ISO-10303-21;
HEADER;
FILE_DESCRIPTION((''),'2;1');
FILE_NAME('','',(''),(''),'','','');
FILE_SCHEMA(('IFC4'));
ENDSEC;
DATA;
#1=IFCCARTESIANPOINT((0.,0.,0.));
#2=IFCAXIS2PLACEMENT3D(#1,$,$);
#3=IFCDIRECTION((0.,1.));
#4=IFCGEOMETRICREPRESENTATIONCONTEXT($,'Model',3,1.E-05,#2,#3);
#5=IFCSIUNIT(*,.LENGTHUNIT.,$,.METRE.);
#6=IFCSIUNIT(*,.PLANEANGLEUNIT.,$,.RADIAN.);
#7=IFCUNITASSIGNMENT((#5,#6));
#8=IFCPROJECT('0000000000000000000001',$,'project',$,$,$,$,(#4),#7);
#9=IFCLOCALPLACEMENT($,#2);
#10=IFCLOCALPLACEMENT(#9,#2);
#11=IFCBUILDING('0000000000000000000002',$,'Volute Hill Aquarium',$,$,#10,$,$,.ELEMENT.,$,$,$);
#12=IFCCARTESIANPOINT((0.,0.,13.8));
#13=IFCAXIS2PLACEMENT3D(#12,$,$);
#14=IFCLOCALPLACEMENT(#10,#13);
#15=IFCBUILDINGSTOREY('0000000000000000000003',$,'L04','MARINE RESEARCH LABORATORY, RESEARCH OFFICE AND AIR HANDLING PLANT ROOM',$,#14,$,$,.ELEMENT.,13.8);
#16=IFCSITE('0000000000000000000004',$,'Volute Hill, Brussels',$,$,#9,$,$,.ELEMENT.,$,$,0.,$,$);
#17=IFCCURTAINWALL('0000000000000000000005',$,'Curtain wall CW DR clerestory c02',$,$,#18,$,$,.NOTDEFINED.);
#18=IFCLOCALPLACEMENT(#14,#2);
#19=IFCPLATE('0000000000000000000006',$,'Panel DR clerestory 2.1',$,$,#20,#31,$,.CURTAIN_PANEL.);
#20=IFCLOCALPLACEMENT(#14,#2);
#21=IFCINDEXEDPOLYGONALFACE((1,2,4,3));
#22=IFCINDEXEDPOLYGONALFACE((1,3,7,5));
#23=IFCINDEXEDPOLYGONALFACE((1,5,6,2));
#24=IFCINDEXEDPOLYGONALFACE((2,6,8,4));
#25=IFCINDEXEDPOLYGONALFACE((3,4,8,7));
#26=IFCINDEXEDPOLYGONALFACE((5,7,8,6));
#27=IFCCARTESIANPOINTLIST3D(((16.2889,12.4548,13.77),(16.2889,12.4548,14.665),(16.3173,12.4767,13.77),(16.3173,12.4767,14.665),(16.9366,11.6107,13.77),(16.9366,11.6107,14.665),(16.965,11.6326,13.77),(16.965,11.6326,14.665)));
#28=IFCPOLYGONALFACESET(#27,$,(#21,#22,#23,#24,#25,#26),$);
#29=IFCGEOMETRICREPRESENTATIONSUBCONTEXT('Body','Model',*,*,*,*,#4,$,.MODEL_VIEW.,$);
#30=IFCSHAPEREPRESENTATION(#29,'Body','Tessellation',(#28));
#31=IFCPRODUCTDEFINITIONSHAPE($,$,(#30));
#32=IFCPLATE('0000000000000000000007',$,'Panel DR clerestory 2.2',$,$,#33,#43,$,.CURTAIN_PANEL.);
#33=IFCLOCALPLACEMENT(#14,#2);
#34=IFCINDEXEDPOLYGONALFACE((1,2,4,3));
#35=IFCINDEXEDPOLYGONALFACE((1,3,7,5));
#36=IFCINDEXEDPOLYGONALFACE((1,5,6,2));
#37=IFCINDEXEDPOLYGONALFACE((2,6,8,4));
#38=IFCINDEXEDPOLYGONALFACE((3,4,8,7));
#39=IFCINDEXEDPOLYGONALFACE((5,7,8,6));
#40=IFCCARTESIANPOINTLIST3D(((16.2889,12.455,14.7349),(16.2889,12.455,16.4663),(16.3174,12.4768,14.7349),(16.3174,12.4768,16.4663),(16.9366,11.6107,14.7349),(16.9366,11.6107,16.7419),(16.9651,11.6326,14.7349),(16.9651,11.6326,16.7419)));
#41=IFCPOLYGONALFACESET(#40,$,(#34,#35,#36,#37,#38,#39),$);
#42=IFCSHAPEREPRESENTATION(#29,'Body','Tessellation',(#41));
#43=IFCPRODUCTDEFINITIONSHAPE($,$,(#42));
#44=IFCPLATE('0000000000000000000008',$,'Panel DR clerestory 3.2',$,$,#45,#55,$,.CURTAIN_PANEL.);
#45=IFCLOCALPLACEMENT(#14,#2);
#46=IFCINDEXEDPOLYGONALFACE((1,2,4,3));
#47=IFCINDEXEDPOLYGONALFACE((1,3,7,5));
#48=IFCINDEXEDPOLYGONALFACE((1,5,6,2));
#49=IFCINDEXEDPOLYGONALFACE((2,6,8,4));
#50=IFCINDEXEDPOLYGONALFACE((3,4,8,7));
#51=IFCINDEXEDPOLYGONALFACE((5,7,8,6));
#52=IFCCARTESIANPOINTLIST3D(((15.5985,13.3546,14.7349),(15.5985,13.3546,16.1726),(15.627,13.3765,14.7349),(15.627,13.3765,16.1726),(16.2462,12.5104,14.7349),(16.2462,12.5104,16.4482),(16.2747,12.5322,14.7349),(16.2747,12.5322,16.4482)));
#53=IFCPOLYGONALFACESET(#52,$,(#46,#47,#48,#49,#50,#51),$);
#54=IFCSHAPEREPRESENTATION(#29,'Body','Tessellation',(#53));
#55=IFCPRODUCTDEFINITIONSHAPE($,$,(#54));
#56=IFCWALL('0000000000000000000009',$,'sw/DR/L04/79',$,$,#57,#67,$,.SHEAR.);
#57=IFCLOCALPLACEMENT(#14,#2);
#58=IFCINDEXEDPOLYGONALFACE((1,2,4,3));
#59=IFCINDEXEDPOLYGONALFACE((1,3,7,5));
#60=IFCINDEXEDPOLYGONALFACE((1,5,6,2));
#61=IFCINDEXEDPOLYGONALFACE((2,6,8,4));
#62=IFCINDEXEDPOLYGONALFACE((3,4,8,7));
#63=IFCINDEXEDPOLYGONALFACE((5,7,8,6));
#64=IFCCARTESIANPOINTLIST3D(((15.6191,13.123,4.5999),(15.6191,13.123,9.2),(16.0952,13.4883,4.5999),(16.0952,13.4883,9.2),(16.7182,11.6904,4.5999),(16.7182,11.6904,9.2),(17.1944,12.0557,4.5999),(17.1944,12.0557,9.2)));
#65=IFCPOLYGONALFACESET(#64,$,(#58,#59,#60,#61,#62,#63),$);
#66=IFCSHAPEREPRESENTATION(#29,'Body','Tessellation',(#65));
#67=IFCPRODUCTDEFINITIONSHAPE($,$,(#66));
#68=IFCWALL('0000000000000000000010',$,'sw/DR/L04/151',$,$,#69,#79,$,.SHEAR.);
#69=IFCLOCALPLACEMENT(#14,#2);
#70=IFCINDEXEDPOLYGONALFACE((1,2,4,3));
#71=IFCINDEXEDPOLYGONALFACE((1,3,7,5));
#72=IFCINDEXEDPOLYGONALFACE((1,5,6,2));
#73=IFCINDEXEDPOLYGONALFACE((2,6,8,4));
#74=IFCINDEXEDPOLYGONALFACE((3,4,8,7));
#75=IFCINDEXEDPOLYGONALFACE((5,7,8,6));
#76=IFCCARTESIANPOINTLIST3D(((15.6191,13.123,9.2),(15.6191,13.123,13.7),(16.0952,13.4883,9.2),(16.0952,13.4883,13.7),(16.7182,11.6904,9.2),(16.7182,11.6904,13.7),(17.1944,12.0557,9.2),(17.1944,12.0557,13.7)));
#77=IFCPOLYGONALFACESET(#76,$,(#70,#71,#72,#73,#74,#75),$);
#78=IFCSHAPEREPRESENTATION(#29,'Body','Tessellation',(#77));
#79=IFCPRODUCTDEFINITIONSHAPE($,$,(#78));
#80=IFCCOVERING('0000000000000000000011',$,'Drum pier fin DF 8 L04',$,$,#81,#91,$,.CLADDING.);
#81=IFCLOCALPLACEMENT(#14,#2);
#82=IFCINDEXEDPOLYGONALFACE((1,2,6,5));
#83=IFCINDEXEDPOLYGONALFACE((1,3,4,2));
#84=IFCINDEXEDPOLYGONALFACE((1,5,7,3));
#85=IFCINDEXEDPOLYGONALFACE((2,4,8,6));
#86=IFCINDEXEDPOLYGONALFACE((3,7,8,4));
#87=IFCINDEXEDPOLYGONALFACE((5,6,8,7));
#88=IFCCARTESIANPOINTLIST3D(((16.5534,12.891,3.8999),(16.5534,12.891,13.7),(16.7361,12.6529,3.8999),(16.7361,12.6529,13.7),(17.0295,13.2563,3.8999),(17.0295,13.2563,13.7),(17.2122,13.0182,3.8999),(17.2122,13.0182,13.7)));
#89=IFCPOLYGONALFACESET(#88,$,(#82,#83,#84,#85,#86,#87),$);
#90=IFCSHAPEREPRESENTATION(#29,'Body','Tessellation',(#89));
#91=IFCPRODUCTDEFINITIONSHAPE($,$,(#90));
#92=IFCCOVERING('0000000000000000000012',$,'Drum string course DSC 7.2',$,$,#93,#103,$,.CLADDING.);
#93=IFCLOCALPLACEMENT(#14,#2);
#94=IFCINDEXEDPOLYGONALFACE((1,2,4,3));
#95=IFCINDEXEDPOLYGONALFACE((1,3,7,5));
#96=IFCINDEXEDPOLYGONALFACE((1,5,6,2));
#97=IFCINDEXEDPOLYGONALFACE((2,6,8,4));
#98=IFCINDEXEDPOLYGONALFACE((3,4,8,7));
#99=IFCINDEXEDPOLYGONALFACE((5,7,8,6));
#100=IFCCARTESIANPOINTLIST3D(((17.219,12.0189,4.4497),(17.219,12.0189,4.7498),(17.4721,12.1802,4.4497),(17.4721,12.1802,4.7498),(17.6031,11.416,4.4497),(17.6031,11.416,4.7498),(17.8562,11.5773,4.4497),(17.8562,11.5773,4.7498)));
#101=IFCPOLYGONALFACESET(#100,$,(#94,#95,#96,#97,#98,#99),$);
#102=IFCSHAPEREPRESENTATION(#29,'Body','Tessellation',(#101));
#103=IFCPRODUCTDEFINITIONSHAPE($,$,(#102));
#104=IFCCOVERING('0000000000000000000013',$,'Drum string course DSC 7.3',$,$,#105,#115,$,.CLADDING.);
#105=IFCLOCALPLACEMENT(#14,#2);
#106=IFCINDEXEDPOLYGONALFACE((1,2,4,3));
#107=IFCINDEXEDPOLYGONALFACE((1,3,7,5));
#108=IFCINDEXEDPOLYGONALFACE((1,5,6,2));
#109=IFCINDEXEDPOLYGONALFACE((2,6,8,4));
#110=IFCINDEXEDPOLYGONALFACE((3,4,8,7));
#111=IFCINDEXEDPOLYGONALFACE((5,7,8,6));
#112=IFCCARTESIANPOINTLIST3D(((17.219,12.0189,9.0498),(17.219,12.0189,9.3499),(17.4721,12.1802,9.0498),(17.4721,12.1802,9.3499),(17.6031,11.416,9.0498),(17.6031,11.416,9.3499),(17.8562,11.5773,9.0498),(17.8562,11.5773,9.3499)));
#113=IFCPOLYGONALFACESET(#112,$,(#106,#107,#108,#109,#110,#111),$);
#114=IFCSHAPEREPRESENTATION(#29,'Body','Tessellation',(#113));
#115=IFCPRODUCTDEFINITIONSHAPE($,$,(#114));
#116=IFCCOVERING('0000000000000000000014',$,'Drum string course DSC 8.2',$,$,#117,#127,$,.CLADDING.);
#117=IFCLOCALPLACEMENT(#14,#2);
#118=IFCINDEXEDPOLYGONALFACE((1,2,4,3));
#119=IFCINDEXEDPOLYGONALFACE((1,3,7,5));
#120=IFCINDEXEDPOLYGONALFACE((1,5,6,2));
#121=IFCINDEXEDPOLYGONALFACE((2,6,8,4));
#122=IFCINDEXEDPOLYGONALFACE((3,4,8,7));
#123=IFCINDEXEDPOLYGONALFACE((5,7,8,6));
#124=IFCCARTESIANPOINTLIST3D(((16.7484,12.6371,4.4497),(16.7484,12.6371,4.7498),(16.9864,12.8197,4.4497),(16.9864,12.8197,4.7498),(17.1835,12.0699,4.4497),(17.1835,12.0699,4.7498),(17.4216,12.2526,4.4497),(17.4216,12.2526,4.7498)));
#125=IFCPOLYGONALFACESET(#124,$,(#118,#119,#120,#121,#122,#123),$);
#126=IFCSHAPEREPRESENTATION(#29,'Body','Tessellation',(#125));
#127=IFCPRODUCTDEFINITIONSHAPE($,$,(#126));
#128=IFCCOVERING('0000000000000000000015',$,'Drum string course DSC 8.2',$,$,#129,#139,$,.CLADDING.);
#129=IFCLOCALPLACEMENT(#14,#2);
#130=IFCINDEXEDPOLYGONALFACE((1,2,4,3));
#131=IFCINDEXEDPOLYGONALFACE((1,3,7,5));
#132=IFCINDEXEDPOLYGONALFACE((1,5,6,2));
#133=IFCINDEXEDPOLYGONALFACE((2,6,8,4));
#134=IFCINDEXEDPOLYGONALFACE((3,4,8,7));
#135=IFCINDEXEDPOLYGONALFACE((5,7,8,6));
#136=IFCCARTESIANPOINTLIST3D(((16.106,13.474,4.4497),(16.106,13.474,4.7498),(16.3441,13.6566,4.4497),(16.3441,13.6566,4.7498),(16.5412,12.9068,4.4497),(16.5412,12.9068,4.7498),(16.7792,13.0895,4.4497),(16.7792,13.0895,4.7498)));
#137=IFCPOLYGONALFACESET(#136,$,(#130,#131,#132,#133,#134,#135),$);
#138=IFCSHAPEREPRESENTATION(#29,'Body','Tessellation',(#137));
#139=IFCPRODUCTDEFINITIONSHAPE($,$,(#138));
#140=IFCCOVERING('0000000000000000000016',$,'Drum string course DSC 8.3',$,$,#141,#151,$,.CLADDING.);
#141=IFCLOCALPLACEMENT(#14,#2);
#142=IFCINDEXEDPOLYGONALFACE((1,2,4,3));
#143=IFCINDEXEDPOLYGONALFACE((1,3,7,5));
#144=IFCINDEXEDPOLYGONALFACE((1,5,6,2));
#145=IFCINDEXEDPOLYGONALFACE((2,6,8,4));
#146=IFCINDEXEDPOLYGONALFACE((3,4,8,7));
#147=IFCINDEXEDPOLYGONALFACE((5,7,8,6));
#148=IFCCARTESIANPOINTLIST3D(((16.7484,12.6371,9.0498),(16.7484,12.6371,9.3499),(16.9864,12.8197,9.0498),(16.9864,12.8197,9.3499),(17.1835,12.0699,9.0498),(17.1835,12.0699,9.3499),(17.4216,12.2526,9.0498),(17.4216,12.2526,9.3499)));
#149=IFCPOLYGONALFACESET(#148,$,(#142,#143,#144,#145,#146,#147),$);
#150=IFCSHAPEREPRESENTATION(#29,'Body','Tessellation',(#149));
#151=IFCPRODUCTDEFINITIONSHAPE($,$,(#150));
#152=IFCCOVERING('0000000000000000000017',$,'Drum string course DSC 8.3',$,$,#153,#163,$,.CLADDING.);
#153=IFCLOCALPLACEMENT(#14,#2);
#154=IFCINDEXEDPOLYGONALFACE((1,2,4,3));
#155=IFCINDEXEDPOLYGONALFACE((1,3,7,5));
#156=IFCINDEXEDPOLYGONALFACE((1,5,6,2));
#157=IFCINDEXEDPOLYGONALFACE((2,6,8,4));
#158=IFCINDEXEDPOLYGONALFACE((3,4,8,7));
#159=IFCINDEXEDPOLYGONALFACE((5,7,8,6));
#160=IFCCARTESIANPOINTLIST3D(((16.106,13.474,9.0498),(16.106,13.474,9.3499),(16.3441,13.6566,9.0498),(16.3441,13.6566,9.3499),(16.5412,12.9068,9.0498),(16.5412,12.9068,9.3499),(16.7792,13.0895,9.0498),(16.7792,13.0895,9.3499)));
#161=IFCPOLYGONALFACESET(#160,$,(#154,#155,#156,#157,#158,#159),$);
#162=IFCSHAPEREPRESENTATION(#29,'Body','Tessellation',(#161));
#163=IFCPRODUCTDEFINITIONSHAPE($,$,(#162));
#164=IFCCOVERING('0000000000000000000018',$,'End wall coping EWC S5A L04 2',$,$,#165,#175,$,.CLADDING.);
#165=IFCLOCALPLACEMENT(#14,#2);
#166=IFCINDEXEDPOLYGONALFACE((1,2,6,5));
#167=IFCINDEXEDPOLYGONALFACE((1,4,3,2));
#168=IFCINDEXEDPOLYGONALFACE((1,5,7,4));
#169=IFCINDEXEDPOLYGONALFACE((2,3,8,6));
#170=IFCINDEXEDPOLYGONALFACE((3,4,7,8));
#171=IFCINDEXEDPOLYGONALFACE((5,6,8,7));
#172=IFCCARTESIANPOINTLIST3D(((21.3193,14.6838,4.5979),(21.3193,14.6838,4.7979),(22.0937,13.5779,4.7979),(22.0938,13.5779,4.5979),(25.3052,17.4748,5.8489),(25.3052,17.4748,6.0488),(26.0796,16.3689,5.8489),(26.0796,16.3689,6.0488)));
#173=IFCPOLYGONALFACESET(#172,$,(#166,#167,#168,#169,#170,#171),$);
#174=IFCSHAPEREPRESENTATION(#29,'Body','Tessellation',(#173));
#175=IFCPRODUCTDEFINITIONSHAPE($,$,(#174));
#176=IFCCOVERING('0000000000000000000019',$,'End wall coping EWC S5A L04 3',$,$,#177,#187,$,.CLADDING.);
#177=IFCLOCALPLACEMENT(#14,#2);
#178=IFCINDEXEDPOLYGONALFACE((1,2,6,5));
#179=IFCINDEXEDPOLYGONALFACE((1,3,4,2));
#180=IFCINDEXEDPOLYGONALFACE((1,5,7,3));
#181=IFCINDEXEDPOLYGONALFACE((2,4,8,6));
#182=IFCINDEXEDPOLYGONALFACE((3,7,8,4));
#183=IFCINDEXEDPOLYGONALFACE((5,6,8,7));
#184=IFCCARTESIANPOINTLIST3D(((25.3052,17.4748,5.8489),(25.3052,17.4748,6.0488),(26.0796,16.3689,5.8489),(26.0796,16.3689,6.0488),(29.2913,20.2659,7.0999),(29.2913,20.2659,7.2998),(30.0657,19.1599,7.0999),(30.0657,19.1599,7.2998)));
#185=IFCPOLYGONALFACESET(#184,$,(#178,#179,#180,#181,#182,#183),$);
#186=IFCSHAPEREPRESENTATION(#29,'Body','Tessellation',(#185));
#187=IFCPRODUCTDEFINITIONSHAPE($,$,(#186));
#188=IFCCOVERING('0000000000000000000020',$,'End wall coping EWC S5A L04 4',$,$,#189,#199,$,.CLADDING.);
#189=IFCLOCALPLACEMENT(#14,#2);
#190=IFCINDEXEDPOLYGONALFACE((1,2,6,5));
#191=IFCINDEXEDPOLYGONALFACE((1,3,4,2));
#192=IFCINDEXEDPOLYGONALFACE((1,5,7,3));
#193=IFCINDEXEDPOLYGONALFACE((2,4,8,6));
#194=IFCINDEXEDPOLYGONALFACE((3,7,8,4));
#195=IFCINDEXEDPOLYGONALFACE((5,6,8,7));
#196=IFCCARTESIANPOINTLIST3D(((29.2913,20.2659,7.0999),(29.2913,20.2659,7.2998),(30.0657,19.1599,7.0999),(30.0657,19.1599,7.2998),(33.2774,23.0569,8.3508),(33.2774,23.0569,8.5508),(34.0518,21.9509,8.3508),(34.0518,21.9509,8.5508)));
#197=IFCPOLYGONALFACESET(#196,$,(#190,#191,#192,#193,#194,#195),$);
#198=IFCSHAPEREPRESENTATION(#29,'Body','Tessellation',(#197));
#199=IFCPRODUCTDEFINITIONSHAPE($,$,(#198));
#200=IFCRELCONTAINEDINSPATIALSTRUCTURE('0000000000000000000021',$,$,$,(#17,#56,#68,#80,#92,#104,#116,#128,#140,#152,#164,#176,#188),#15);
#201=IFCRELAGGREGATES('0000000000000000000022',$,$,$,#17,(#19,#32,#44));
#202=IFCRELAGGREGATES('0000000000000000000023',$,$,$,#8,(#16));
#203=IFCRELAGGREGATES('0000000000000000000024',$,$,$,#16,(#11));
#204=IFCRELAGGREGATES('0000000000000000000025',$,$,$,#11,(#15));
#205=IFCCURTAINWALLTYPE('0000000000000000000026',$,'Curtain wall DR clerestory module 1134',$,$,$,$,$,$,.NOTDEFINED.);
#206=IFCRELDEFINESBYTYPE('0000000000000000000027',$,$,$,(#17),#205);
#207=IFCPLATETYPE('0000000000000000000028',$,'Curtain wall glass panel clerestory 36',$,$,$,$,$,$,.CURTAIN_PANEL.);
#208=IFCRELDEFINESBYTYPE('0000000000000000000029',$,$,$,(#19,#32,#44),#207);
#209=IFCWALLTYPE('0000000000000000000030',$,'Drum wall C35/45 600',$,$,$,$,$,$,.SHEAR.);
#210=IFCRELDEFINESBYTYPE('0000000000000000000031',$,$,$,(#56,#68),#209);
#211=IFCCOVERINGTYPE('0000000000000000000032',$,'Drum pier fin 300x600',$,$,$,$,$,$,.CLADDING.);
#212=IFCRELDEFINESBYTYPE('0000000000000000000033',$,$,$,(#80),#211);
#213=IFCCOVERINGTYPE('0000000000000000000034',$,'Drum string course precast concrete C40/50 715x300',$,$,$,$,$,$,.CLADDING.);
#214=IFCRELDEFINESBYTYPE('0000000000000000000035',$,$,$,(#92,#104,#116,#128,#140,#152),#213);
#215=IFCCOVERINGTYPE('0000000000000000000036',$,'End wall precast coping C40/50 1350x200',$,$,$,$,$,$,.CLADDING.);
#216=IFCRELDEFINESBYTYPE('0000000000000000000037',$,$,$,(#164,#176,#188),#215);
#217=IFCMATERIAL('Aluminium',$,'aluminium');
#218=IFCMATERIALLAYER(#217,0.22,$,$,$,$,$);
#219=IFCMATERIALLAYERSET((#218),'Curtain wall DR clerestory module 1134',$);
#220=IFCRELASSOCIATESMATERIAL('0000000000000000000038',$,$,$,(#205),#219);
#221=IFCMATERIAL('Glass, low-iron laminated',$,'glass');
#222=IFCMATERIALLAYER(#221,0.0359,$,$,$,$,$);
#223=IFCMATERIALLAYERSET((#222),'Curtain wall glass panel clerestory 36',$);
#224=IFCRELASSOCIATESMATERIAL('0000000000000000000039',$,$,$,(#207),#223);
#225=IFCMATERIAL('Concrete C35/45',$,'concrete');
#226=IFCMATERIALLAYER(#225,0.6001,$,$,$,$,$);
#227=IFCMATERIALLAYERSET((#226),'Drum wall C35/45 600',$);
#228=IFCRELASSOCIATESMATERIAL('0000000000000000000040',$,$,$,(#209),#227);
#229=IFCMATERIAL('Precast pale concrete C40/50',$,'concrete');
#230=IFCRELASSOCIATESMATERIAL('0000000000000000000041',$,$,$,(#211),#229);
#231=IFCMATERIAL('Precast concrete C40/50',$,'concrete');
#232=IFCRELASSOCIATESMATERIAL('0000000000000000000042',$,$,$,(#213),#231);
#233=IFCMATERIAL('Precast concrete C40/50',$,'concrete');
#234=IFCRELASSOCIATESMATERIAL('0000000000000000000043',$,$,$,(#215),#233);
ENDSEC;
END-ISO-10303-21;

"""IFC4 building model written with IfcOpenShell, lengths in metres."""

from ifc_helpers import new_model, si_unit, direction, frame, frame_2d, origin, origin_2d, place, context, subcontext, project, spatial, polyline, rectangle, outline, extrude, material, layer, layer_set, type_object, element, aggregate, save


model = new_model("IFC4")

# Units and contexts
model_context = context("Model", 3, precision=1e-05, world=origin(), true_north=direction((0.0, 1.0)))
body_context = subcontext(model_context, "Body", "Model", "MODEL_VIEW")
ifc_project = project(units=[si_unit("LENGTHUNIT", "METRE"), si_unit("PLANEANGLEUNIT", "RADIAN")], contexts=[model_context])

# Site, building, storey
site_placement = place(None, origin())
site = spatial("IfcSite", under=ifc_project, at=site_placement, Name="Volute Hill, Brussels", CompositionType="ELEMENT", RefElevation=0.0)
building_placement = place(site_placement, origin())
building = spatial("IfcBuilding", under=site, at=building_placement, Name="Volute Hill Aquarium", CompositionType="ELEMENT")
storey_placement = place(building_placement, frame((0.0, 0.0, 13.8)))
storey = spatial("IfcBuildingStorey", under=building, at=storey_placement, Name="L04", Description="MARINE RESEARCH LABORATORY, RESEARCH OFFICE AND AIR HANDLING PLANT ROOM", CompositionType="ELEMENT", Elevation=13.8)

# Curtain wall
ifc_material_1 = material(Name="Aluminium", Category="aluminium")
ifc_layer_1 = layer(ifc_material_1, 0.22)
ifc_layer_set_1 = layer_set([ifc_layer_1], Name="Curtain wall DR clerestory module 1134")
curtain_wall_type = type_object("IfcCurtainWallType", Name="Curtain wall DR clerestory module 1134", PredefinedType="NOTDEFINED", material=ifc_layer_set_1)
curtain_wall_placement = place(storey_placement, origin())
curtain_wall = element("IfcCurtainWall", 1, at=curtain_wall_placement, inside=storey, type_object=curtain_wall_type, Name="Curtain wall CW DR clerestory c02", PredefinedType="NOTDEFINED")

# Plates
ifc_material_2 = material(Name="Glass, low-iron laminated", Category="glass")
ifc_layer_2 = layer(ifc_material_2, 0.0359)
ifc_layer_set_2 = layer_set([ifc_layer_2], Name="Curtain wall glass panel clerestory 36")
plate_type = type_object("IfcPlateType", Name="Curtain wall glass panel clerestory 36", PredefinedType="CURTAIN_PANEL", material=ifc_layer_set_2)
plate_1_placement = place(storey_placement, frame((16.627, 12.0437, 13.77), z_axis=(0.0, 0.0, 1.0), x_axis=(-0.608761, 0.793354, 0.0)))
plate_1 = element("IfcPlate", 2, at=plate_1_placement, type_object=plate_type, Name="Panel DR clerestory 2.1", PredefinedType="CURTAIN_PANEL", context=body_context, shape_type="SweptSolid", body=[
    extrude(rectangle(XDim=1.064, YDim=0.0359, at=origin_2d()), origin(), (0.0, 0.0, 1.0), 0.895),
])
plate_2_placement = place(storey_placement, frame((16.9651, 11.6326, 14.7349), z_axis=(0.7934, 0.608701, 0.0), x_axis=(-0.608701, 0.7934, 0.0)))
plate_2 = element("IfcPlate", 3, at=plate_2_placement, type_object=plate_type, Name="Panel DR clerestory 2.2", PredefinedType="CURTAIN_PANEL", context=body_context, shape_type="SweptSolid", body=[
    extrude(outline(polyline([(0.0, 0.0), (1.0641, 0.0), (1.0641, 1.7314), (0.0, 2.0071), (0.0, 0.0)])), origin(), (0.0, 0.0, -1.0), 0.0359),
])
plate_3_placement = place(storey_placement, frame((16.2747, 12.5322, 14.7349), z_axis=(0.7934, 0.608701, 0.0), x_axis=(-0.608701, 0.7934, 0.0)))
plate_3 = element("IfcPlate", 4, at=plate_3_placement, type_object=plate_type, Name="Panel DR clerestory 3.2", PredefinedType="CURTAIN_PANEL", context=body_context, shape_type="SweptSolid", body=[
    extrude(outline(polyline([(0.0, 0.0), (1.0641, 0.0), (1.0641, 1.4377), (0.0, 1.7134), (0.0, 0.0)])), origin(), (0.0, 0.0, -1.0), 0.0359),
])
aggregate(curtain_wall, [plate_1, plate_2, plate_3])

# Walls
ifc_material_3 = material(Name="Concrete C35/45", Category="concrete")
ifc_layer_3 = layer(ifc_material_3, 0.6001)
ifc_layer_set_3 = layer_set([ifc_layer_3], Name="Drum wall C35/45 600")
wall_type = type_object("IfcWallType", Name="Drum wall C35/45 600", PredefinedType="SHEAR", material=ifc_layer_set_3)
wall_1_placement = place(storey_placement, frame((16.9563, 11.873, 4.5999), z_axis=(0.0, 0.0, 1.0), x_axis=(-0.608704, 0.793397, 0.0)))
element("IfcWall", 5, at=wall_1_placement, inside=storey, type_object=wall_type, Name="sw/DR/L04/79", PredefinedType="SHEAR", context=body_context, shape_type="SweptSolid", body=[
    extrude(rectangle(XDim=1.8057, YDim=0.6001, at=frame_2d((0.9028, 0.0))), origin(), (0.0, 0.0, 1.0), 4.6001),
])
wall_2_placement = place(storey_placement, frame((16.9563, 11.873, 9.2), z_axis=(0.0, 0.0, 1.0), x_axis=(-0.608704, 0.793397, 0.0)))
element("IfcWall", 6, at=wall_2_placement, inside=storey, type_object=wall_type, Name="sw/DR/L04/151", PredefinedType="SHEAR", context=body_context, shape_type="SweptSolid", body=[
    extrude(rectangle(XDim=1.8057, YDim=0.6001, at=frame_2d((0.9028, 0.0))), origin(), (0.0, 0.0, 1.0), 4.5),
])

# Coverings
ifc_material_4 = material(Name="Precast pale concrete C40/50", Category="concrete")
covering_type_1 = type_object("IfcCoveringType", Name="Drum pier fin 300x600", PredefinedType="CLADDING", material=ifc_material_4)
covering_1_placement = place(storey_placement, frame((16.8828, 12.9546, 3.8999), z_axis=(0.0, 0.0, 1.0), x_axis=(-0.608761, 0.793353, 0.0)))
element("IfcCovering", 7, at=covering_1_placement, inside=storey, type_object=covering_type_1, Name="Drum pier fin DF 8 L04", PredefinedType="CLADDING", context=body_context, shape_type="SweptSolid", body=[
    extrude(rectangle(XDim=0.3, YDim=0.6001, at=origin_2d()), origin(), (0.0, 0.0, 1.0), 9.8),
])
ifc_material_5 = material(Name="Precast concrete C40/50", Category="concrete")
covering_type_2 = type_object("IfcCoveringType", Name="Drum string course precast concrete C40/50 715x300", PredefinedType="CLADDING", material=ifc_material_5)
for number, where, z_axis, x_axis, name in (
    (8, (17.5376, 11.7981, 4.4497), (0.0, 0.0, 1.0), (-0.5373, 0.843391, 0.0), "Drum string course DSC 7.2"),
    (9, (17.5376, 11.7981, 9.0498), (0.0, 0.0, 1.0), (-0.5373, 0.843391, 0.0), "Drum string course DSC 7.3"),
    (10, (17.085, 12.4448, 4.4497), (0.0, 0.0, 1.0), (-0.608761, 0.793353, 0.0), "Drum string course DSC 8.2"),
    (11, (16.4426, 13.2817, 4.4497), (0.0, 0.0, 1.0), (-0.608761, 0.793353, 0.0), "Drum string course DSC 8.2"),
    (12, (17.085, 12.4448, 9.0498), (0.0, 0.0, 1.0), (-0.608761, 0.793353, 0.0), "Drum string course DSC 8.3"),
    (13, (16.4426, 13.2817, 9.0498), (0.0, 0.0, 1.0), (-0.608761, 0.793353, 0.0), "Drum string course DSC 8.3"),
):
    element("IfcCovering", number, at=place(storey_placement, frame(where, z_axis=z_axis, x_axis=x_axis)), inside=storey, type_object=covering_type_2, Name=name, PredefinedType="CLADDING", context=body_context, shape_type="SweptSolid", body=[
        extrude(rectangle(XDim=0.7148, YDim=0.3, at=origin_2d()), origin(), (0.0, 0.0, 1.0), 0.3),
    ])
ifc_material_6 = material(Name="Precast concrete C40/50", Category="concrete")
covering_type_3 = type_object("IfcCoveringType", Name="End wall precast coping C40/50 1350x200", PredefinedType="CLADDING", material=ifc_material_6)
covering_2_placement = place(storey_placement, frame((22.0938, 13.5779, 4.5979), z_axis=(0.57359, -0.819142, 0.0), x_axis=(0.793343, 0.555525, 0.248995)))
element("IfcCovering", 14, at=covering_2_placement, inside=storey, type_object=covering_type_3, Name="End wall coping EWC S5A L04 2", PredefinedType="CLADDING", context=body_context, shape_type="SweptSolid", body=[
    extrude(outline(polyline([(0.0, 0.0), (5.0241, 0.0), (5.0739, 0.1937), (0.0498, 0.1937), (0.0, 0.0)])), origin(), (0.0, 0.0, -1.0), 1.3501),
])
for number, where, z_axis, x_axis, name in (
    (15, (26.0796, 16.3689, 5.8489), (0.573567, -0.819159, 0.0), (0.793361, 0.555504, 0.248985), "End wall coping EWC S5A L04 3"),
    (16, (30.0657, 19.1599, 7.0999), (0.573567, -0.819159, 0.0), (0.793361, 0.555504, 0.248985), "End wall coping EWC S5A L04 4"),
):
    element("IfcCovering", number, at=place(storey_placement, frame(where, z_axis=z_axis, x_axis=x_axis)), inside=storey, type_object=covering_type_3, Name=name, PredefinedType="CLADDING", context=body_context, shape_type="SweptSolid", body=[
        extrude(outline(polyline([(0.0, 0.0), (5.0243, 0.0), (5.0741, 0.1937), (0.0498, 0.1937), (0.0, 0.0)])), origin(), (0.0, 0.0, -1.0), 1.3501),
    ])

save(model, "model.ifc")
